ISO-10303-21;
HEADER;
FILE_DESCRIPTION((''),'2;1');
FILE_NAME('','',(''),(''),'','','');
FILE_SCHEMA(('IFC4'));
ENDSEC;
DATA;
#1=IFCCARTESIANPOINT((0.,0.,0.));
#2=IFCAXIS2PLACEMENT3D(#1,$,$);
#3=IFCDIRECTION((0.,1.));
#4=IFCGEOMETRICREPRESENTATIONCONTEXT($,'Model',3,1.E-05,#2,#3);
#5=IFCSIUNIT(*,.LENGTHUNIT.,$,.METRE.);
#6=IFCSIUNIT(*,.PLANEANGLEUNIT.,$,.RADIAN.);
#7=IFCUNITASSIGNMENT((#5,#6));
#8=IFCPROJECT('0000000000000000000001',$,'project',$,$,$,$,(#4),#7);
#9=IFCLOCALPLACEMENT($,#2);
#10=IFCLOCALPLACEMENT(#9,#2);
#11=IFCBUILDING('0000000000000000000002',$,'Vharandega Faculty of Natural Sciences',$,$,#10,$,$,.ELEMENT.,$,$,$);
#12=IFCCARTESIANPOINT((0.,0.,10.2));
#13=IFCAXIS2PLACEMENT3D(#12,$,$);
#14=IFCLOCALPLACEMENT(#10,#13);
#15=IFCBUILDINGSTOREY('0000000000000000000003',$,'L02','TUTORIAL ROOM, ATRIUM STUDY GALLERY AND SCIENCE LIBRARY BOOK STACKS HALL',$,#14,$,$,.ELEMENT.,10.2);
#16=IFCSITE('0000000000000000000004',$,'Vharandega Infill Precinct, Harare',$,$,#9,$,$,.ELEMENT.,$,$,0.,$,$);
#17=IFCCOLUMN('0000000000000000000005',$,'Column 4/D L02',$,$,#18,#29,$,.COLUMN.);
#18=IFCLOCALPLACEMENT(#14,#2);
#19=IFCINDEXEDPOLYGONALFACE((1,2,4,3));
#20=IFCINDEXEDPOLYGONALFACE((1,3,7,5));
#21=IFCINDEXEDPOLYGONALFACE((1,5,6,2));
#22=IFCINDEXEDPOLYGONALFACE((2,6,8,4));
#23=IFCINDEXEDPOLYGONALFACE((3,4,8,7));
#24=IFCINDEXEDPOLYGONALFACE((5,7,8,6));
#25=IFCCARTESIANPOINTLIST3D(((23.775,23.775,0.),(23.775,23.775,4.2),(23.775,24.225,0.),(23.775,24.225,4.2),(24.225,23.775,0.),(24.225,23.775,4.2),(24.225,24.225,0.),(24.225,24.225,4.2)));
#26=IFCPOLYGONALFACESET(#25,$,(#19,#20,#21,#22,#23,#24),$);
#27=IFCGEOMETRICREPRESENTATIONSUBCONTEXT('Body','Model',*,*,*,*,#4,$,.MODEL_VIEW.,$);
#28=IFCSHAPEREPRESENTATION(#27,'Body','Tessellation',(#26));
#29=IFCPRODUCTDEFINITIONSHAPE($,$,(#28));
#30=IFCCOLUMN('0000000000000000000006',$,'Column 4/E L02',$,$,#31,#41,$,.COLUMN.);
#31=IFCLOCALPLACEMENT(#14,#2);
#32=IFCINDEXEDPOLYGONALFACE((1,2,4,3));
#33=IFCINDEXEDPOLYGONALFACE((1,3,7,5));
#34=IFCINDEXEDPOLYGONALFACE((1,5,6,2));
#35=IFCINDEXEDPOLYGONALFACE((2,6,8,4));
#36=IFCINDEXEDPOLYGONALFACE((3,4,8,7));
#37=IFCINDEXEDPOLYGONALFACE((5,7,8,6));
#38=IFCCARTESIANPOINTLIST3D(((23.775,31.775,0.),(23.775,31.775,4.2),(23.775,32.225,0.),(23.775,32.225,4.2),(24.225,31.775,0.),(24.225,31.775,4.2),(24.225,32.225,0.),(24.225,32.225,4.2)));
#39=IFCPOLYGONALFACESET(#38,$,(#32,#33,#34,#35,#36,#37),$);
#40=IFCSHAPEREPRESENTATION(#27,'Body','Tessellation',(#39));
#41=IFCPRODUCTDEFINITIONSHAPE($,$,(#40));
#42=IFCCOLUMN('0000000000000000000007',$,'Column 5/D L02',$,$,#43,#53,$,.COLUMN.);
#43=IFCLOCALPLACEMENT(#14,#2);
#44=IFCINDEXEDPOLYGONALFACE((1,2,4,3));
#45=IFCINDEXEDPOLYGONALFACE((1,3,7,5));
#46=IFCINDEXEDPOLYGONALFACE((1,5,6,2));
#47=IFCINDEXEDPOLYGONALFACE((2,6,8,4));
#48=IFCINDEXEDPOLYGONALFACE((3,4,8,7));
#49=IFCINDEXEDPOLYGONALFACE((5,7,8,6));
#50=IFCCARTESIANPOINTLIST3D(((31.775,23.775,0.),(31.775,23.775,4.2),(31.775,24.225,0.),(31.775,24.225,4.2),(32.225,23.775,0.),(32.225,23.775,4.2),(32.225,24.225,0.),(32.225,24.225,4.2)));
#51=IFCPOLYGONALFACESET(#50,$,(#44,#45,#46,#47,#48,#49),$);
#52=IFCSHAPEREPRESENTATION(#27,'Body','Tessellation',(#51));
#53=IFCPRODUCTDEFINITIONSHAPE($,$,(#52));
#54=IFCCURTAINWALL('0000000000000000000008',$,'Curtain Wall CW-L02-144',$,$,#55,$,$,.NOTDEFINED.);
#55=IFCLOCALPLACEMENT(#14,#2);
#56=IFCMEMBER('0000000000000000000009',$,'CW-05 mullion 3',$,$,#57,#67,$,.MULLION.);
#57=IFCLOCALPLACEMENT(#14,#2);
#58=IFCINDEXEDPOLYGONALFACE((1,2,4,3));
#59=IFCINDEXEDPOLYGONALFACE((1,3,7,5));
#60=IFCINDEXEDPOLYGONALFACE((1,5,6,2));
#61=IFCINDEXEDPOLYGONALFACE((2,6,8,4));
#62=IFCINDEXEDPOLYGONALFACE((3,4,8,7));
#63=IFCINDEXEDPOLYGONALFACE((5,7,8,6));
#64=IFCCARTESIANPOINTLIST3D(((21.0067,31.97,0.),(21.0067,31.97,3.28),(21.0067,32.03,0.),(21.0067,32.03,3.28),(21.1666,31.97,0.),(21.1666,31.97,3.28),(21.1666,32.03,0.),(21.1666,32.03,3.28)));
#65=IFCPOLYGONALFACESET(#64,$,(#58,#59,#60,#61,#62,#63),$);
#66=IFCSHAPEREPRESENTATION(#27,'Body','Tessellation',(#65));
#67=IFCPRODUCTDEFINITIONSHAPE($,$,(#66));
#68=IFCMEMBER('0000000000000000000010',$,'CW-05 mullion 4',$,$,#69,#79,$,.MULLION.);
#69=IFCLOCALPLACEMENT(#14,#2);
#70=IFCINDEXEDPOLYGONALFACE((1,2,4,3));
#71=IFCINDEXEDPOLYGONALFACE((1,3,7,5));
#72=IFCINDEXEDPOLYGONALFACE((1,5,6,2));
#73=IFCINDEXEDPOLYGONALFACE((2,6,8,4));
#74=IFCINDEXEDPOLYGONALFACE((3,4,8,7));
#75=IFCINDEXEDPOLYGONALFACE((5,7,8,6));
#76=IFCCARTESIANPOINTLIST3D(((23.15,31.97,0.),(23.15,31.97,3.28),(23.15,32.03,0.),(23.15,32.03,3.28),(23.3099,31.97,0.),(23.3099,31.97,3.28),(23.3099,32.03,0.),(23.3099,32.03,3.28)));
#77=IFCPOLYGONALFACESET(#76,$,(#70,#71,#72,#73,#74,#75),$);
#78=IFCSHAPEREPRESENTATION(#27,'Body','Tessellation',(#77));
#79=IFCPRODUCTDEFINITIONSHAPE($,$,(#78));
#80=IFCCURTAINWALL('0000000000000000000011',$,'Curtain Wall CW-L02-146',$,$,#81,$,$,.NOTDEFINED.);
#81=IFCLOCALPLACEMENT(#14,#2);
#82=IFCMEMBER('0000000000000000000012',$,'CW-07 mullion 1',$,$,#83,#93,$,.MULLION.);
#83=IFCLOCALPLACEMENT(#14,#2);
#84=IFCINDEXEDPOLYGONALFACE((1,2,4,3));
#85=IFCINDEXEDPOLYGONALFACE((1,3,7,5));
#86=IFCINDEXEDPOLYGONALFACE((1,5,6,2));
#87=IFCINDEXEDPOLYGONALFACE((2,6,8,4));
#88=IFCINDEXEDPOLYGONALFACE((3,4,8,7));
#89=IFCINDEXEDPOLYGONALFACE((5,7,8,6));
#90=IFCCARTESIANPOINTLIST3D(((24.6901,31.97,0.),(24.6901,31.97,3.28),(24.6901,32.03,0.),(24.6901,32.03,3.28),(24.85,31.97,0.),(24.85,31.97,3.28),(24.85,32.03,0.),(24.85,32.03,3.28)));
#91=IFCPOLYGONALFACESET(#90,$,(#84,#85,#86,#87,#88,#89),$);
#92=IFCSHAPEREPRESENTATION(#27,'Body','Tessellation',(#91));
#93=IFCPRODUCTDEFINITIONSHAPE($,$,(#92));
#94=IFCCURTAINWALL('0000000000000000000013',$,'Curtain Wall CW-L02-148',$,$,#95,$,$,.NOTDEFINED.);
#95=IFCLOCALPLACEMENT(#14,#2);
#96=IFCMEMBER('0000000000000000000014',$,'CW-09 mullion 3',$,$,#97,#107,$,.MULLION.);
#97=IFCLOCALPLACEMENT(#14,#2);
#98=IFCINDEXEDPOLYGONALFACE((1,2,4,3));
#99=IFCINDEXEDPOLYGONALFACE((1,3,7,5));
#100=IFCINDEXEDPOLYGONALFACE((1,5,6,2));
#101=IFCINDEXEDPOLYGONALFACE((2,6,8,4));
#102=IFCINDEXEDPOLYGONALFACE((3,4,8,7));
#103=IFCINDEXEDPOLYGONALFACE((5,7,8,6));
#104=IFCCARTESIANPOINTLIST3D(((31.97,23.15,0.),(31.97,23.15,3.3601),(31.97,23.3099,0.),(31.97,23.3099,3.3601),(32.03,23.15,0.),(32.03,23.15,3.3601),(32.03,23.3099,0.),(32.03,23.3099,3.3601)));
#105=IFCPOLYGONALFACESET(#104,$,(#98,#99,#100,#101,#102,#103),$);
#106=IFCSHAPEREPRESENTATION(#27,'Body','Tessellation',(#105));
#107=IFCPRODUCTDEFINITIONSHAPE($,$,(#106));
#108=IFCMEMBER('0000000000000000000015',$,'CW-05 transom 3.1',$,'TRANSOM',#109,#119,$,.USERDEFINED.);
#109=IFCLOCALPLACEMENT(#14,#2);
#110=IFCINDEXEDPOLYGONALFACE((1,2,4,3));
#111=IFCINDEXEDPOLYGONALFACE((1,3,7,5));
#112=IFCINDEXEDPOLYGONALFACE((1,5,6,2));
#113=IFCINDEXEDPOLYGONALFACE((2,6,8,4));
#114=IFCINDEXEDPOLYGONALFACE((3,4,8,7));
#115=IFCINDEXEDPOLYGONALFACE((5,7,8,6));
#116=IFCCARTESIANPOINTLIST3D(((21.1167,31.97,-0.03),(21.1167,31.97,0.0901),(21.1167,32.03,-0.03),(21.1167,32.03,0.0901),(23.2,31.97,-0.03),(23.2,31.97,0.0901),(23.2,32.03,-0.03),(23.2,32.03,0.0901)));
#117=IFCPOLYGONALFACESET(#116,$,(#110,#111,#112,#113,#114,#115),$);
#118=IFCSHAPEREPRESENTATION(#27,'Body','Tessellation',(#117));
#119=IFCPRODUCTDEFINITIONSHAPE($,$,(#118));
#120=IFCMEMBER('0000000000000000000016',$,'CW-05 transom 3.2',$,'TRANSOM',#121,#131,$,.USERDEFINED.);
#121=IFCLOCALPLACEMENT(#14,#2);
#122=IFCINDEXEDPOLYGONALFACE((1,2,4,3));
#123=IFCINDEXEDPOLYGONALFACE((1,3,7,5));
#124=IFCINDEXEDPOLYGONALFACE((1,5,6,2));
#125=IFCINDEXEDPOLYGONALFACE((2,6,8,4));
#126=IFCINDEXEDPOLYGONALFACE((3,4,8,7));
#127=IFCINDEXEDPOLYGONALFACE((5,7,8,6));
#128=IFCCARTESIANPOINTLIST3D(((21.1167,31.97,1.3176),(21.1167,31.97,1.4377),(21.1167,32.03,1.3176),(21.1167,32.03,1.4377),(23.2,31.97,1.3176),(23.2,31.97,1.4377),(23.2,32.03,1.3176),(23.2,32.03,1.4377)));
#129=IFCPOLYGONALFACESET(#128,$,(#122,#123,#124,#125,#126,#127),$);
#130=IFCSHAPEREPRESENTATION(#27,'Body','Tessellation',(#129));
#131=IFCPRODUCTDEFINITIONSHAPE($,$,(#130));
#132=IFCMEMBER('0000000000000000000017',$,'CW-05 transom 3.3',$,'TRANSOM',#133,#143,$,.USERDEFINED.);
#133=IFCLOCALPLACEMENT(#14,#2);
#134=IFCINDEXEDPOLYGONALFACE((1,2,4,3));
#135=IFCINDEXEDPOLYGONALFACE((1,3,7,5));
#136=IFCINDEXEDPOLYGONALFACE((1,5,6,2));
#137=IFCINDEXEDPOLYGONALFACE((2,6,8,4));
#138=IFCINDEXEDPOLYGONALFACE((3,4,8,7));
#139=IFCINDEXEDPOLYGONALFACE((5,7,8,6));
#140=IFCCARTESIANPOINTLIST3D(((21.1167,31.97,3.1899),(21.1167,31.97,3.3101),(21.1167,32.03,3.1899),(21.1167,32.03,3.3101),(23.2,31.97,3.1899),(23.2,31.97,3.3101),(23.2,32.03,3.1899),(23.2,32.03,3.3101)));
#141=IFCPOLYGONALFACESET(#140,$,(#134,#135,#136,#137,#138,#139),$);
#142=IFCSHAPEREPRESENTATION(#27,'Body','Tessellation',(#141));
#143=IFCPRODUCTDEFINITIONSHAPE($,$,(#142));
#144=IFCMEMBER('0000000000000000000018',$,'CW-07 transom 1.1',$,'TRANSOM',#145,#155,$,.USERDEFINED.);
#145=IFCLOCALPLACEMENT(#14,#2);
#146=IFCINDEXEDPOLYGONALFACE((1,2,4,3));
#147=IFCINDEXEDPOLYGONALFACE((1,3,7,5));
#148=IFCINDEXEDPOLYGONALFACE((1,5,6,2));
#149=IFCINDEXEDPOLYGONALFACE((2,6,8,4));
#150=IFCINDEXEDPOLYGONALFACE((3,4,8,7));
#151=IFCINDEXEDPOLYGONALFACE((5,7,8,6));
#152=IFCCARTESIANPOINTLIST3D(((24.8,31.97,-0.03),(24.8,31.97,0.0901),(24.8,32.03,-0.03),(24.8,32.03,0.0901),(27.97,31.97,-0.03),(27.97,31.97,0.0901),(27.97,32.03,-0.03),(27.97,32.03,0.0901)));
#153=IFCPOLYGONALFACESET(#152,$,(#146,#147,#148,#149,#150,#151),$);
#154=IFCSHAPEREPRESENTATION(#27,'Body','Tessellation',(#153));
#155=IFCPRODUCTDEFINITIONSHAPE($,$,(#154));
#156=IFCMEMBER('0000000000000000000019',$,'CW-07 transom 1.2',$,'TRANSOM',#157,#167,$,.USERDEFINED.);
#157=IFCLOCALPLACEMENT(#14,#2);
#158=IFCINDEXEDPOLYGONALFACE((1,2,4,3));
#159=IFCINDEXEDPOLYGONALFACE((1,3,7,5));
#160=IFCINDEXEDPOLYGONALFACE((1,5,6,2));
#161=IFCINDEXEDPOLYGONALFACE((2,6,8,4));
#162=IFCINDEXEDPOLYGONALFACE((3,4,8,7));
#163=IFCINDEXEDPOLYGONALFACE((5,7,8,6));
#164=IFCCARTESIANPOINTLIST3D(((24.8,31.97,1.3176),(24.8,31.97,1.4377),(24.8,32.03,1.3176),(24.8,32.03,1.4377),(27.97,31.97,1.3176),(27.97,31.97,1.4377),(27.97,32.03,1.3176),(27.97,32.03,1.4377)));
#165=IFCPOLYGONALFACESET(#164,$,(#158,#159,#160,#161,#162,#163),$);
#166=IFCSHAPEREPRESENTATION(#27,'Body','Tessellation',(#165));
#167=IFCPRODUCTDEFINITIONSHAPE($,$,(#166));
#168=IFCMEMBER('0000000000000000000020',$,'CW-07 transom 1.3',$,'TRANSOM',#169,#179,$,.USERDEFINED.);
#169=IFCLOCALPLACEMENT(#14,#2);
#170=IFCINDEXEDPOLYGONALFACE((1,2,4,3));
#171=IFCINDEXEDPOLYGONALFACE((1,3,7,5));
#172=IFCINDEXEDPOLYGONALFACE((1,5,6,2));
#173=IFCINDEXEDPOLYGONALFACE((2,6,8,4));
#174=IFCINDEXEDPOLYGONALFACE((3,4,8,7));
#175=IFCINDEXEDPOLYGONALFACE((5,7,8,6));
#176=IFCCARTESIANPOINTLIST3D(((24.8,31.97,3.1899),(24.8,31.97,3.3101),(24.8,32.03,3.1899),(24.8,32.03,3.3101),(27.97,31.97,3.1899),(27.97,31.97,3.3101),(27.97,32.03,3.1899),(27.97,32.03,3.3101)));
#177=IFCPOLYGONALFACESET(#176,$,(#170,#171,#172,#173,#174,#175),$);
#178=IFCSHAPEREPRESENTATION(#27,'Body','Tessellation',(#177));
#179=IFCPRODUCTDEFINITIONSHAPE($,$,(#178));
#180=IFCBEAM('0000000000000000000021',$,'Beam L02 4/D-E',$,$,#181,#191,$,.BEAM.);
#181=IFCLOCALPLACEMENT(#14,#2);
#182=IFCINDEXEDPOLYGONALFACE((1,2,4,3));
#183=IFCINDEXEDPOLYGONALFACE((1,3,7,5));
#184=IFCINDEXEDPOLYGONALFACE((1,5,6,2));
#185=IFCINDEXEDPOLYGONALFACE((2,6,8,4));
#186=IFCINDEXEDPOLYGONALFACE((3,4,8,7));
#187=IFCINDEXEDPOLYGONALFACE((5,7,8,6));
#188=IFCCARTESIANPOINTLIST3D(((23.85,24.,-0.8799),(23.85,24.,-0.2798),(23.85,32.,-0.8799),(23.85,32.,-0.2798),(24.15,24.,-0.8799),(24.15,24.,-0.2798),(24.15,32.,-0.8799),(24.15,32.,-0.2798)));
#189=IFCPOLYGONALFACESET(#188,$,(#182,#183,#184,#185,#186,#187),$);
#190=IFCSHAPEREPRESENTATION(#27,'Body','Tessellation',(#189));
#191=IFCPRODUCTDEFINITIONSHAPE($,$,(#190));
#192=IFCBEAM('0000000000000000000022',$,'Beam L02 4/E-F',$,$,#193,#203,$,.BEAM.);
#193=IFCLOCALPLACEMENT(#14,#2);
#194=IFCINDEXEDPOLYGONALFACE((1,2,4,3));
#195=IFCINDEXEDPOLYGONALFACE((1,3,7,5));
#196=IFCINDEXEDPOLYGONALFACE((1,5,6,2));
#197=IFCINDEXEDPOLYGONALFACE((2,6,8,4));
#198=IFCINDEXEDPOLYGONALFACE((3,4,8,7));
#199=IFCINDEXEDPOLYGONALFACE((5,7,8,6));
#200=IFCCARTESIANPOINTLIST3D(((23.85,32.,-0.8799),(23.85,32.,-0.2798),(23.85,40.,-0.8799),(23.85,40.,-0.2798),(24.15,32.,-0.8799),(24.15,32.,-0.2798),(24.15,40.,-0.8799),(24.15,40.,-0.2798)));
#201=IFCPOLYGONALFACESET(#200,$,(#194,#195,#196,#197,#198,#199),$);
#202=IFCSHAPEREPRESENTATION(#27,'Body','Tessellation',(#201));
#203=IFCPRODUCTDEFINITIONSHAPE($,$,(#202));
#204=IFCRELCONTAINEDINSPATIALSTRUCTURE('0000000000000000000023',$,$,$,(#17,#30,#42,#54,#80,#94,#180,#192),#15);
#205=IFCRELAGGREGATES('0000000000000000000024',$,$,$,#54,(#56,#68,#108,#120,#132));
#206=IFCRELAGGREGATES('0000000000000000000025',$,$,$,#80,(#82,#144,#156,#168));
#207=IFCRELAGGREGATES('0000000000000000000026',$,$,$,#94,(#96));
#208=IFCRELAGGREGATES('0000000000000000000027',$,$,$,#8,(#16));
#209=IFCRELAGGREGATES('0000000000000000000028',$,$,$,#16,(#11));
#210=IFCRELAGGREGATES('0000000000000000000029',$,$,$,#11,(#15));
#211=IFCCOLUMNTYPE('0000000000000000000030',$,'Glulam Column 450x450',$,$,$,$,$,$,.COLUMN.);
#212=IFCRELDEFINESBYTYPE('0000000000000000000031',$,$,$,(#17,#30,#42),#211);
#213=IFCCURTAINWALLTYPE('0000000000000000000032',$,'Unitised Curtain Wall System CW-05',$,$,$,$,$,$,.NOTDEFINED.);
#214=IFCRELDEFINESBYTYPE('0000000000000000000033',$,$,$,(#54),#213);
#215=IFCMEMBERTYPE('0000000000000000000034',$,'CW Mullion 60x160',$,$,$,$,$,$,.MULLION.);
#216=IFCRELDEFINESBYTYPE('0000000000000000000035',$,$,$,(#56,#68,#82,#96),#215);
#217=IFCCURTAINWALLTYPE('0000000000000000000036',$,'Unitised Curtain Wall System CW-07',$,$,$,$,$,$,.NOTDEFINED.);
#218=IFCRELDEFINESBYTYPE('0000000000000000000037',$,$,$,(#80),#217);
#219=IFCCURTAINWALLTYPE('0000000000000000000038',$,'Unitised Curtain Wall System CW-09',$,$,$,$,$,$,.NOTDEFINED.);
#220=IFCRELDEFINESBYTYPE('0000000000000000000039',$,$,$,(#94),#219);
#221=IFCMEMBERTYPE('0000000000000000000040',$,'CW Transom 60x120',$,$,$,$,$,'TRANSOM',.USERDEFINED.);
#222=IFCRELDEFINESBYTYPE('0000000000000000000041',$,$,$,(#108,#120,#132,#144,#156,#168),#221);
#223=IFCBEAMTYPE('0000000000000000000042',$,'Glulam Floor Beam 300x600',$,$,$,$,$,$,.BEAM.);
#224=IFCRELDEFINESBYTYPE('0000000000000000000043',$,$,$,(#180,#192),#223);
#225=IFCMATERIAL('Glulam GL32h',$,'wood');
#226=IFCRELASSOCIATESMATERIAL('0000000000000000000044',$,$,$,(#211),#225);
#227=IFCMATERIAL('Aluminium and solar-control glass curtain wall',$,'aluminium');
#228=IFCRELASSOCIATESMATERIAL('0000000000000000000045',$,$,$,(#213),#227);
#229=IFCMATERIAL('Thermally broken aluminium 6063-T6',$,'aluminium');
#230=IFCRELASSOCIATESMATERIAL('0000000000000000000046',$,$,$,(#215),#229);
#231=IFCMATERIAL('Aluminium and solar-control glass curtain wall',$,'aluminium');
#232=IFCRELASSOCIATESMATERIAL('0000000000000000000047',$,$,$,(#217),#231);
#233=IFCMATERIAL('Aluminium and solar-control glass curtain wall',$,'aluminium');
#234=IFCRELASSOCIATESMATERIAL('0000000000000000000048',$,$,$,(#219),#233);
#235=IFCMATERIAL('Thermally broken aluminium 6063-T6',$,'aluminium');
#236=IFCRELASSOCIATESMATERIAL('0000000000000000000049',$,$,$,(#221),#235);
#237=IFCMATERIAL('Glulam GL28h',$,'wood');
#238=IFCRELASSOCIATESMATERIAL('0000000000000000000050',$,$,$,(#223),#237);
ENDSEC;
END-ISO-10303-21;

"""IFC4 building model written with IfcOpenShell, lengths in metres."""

from ifc_helpers import new_model, si_unit, direction, frame, origin, origin_2d, place, context, subcontext, project, spatial, rectangle, extrude, material, material_profile, profile_set, type_object, element, aggregate, save


model = new_model("IFC4")

# Units and contexts
model_context = context("Model", 3, precision=1e-05, world=origin(), true_north=direction((0.0, 1.0)))
body_context = subcontext(model_context, "Body", "Model", "MODEL_VIEW")
ifc_project = project(units=[si_unit("LENGTHUNIT", "METRE"), si_unit("PLANEANGLEUNIT", "RADIAN")], contexts=[model_context])

# Site, building, storey
site_placement = place(None, origin())
site = spatial("IfcSite", under=ifc_project, at=site_placement, Name="Vharandega Infill Precinct, Harare", CompositionType="ELEMENT", RefElevation=0.0)
building_placement = place(site_placement, origin())
building = spatial("IfcBuilding", under=site, at=building_placement, Name="Vharandega Faculty of Natural Sciences", CompositionType="ELEMENT")
storey_placement = place(building_placement, frame((0.0, 0.0, 10.2)))
storey = spatial("IfcBuildingStorey", under=building, at=storey_placement, Name="L02", Description="TUTORIAL ROOM, ATRIUM STUDY GALLERY AND SCIENCE LIBRARY BOOK STACKS HALL", CompositionType="ELEMENT", Elevation=10.2)

# Columns
ifc_material_1 = material(Name="Glulam GL32h", Category="wood")
ifc_material_profile_1 = material_profile(ifc_material_1, rectangle(XDim=0.45, YDim=0.45, at=origin_2d()), Name="GL32h 450x450")
ifc_profile_set_1 = profile_set([ifc_material_profile_1], Name="Glulam GL32h")
column_type = type_object("IfcColumnType", Name="Glulam Column 450x450", PredefinedType="COLUMN", material=ifc_profile_set_1)
for number, where, z_axis, x_axis, name in (
    (1, (24.0, 24.0, 0.0), (0.0, 0.0, 1.0), (1.0, 0.0, 0.0), "Column 4/D L02"),
    (2, (24.0, 32.0, 0.0), (0.0, 0.0, 1.0), (1.0, 0.0, 0.0), "Column 4/E L02"),
    (3, (32.0, 24.0, 0.0), (0.0, 0.0, 1.0), (1.0, 0.0, 0.0), "Column 5/D L02"),
):
    element("IfcColumn", number, at=place(storey_placement, frame(where, z_axis=z_axis, x_axis=x_axis)), inside=storey, type_object=column_type, Name=name, PredefinedType="COLUMN", context=body_context, shape_type="SweptSolid", body=[
        extrude(rectangle(XDim=0.45, YDim=0.45, at=origin_2d()), origin(), (0.0, 0.0, 1.0), 4.2),
    ])

# Curtain wall, members
ifc_material_2 = material(Name="Aluminium and solar-control glass curtain wall", Category="aluminium")
curtain_wall_type_1 = type_object("IfcCurtainWallType", Name="Unitised Curtain Wall System CW-05", PredefinedType="NOTDEFINED", material=ifc_material_2)
curtain_wall_1_placement = place(storey_placement, origin())
curtain_wall_1 = element("IfcCurtainWall", 4, at=curtain_wall_1_placement, inside=storey, type_object=curtain_wall_type_1, Name="Curtain Wall CW-L02-144", PredefinedType="NOTDEFINED")
ifc_material_3 = material(Name="Thermally broken aluminium 6063-T6", Category="aluminium")
ifc_material_profile_2 = material_profile(ifc_material_3, rectangle(XDim=0.0601, YDim=0.1599, at=origin_2d()), Name="ALU 60x160")
ifc_profile_set_2 = profile_set([ifc_material_profile_2], Name="Thermally broken aluminium 6063-T6")
member_type_1 = type_object("IfcMemberType", Name="CW Mullion 60x160", PredefinedType="MULLION", material=ifc_profile_set_2)
member_1_placement = place(storey_placement, frame((21.0867, 32.0, 0.0), z_axis=(0.0, 0.0, 1.0), x_axis=(0.0, 1.0, 0.0)))
member_1 = element("IfcMember", 5, at=member_1_placement, type_object=member_type_1, Name="CW-05 mullion 3", PredefinedType="MULLION", context=body_context, shape_type="SweptSolid", body=[
    extrude(rectangle(XDim=0.0601, YDim=0.1599, at=origin_2d()), origin(), (0.0, 0.0, 1.0), 3.28),
])
member_2_placement = place(storey_placement, frame((23.23, 32.0, 0.0), z_axis=(0.0, 0.0, 1.0), x_axis=(0.0, 1.0, 0.0)))
member_2 = element("IfcMember", 6, at=member_2_placement, type_object=member_type_1, Name="CW-05 mullion 4", PredefinedType="MULLION", context=body_context, shape_type="SweptSolid", body=[
    extrude(rectangle(XDim=0.0601, YDim=0.1599, at=origin_2d()), origin(), (0.0, 0.0, 1.0), 3.28),
])

# Curtain walls, members
ifc_material_4 = material(Name="Aluminium and solar-control glass curtain wall", Category="aluminium")
curtain_wall_type_2 = type_object("IfcCurtainWallType", Name="Unitised Curtain Wall System CW-07", PredefinedType="NOTDEFINED", material=ifc_material_4)
curtain_wall_2_placement = place(storey_placement, origin())
curtain_wall_2 = element("IfcCurtainWall", 7, at=curtain_wall_2_placement, inside=storey, type_object=curtain_wall_type_2, Name="Curtain Wall CW-L02-146", PredefinedType="NOTDEFINED")
member_3_placement = place(storey_placement, frame((24.77, 32.0, 0.0), z_axis=(0.0, 0.0, 1.0), x_axis=(0.0, 1.0, 0.0)))
member_3 = element("IfcMember", 8, at=member_3_placement, type_object=member_type_1, Name="CW-07 mullion 1", PredefinedType="MULLION", context=body_context, shape_type="SweptSolid", body=[
    extrude(rectangle(XDim=0.0601, YDim=0.1599, at=origin_2d()), origin(), (0.0, 0.0, 1.0), 3.28),
])
ifc_material_5 = material(Name="Aluminium and solar-control glass curtain wall", Category="aluminium")
curtain_wall_type_3 = type_object("IfcCurtainWallType", Name="Unitised Curtain Wall System CW-09", PredefinedType="NOTDEFINED", material=ifc_material_5)
curtain_wall_3_placement = place(storey_placement, origin())
curtain_wall_3 = element("IfcCurtainWall", 9, at=curtain_wall_3_placement, inside=storey, type_object=curtain_wall_type_3, Name="Curtain Wall CW-L02-148", PredefinedType="NOTDEFINED")
member_4_placement = place(storey_placement, frame((32.0, 23.23, 0.0), z_axis=(0.0, 0.0, 1.0), x_axis=(-1.0, 0.0, 0.0)))
member_4 = element("IfcMember", 10, at=member_4_placement, type_object=member_type_1, Name="CW-09 mullion 3", PredefinedType="MULLION", context=body_context, shape_type="SweptSolid", body=[
    extrude(rectangle(XDim=0.0601, YDim=0.1599, at=origin_2d()), origin(), (0.0, 0.0, 1.0), 3.3601),
])

# Members
ifc_material_6 = material(Name="Thermally broken aluminium 6063-T6", Category="aluminium")
ifc_material_profile_3 = material_profile(ifc_material_6, rectangle(XDim=0.0601, YDim=0.1201, at=origin_2d()), Name="ALU 60x120")
ifc_profile_set_3 = profile_set([ifc_material_profile_3], Name="Thermally broken aluminium 6063-T6")
member_type_2 = type_object("IfcMemberType", Name="CW Transom 60x120", ElementType="TRANSOM", PredefinedType="USERDEFINED", material=ifc_profile_set_3)
member_5_placement = place(storey_placement, frame((21.1167, 32.0, 0.03), z_axis=(1.0, 0.0, 0.0), x_axis=(0.0, 1.0, 0.0)))
member_5 = element("IfcMember", 11, at=member_5_placement, type_object=member_type_2, Name="CW-05 transom 3.1", ObjectType="TRANSOM", PredefinedType="USERDEFINED", context=body_context, shape_type="SweptSolid", body=[
    extrude(rectangle(XDim=0.0601, YDim=0.1201, at=origin_2d()), origin(), (0.0, 0.0, 1.0), 2.0833),
])
member_6_placement = place(storey_placement, frame((21.1167, 32.0, 1.3777), z_axis=(1.0, 0.0, 0.0), x_axis=(0.0, 1.0, 0.0)))
member_6 = element("IfcMember", 12, at=member_6_placement, type_object=member_type_2, Name="CW-05 transom 3.2", ObjectType="TRANSOM", PredefinedType="USERDEFINED", context=body_context, shape_type="SweptSolid", body=[
    extrude(rectangle(XDim=0.0601, YDim=0.1201, at=origin_2d()), origin(), (0.0, 0.0, 1.0), 2.0833),
])
member_7_placement = place(storey_placement, frame((21.1167, 32.0, 3.25), z_axis=(1.0, 0.0, 0.0), x_axis=(0.0, 1.0, 0.0)))
member_7 = element("IfcMember", 13, at=member_7_placement, type_object=member_type_2, Name="CW-05 transom 3.3", ObjectType="TRANSOM", PredefinedType="USERDEFINED", context=body_context, shape_type="SweptSolid", body=[
    extrude(rectangle(XDim=0.0601, YDim=0.1201, at=origin_2d()), origin(), (0.0, 0.0, 1.0), 2.0833),
])
member_8_placement = place(storey_placement, frame((24.8, 32.0, 0.03), z_axis=(1.0, 0.0, 0.0), x_axis=(0.0, 1.0, 0.0)))
member_8 = element("IfcMember", 14, at=member_8_placement, type_object=member_type_2, Name="CW-07 transom 1.1", ObjectType="TRANSOM", PredefinedType="USERDEFINED", context=body_context, shape_type="SweptSolid", body=[
    extrude(rectangle(XDim=0.0601, YDim=0.1201, at=origin_2d()), origin(), (0.0, 0.0, 1.0), 3.1699),
])
member_9_placement = place(storey_placement, frame((24.8, 32.0, 1.3777), z_axis=(1.0, 0.0, 0.0), x_axis=(0.0, 1.0, 0.0)))
member_9 = element("IfcMember", 15, at=member_9_placement, type_object=member_type_2, Name="CW-07 transom 1.2", ObjectType="TRANSOM", PredefinedType="USERDEFINED", context=body_context, shape_type="SweptSolid", body=[
    extrude(rectangle(XDim=0.0601, YDim=0.1201, at=origin_2d()), origin(), (0.0, 0.0, 1.0), 3.1699),
])
member_10_placement = place(storey_placement, frame((24.8, 32.0, 3.25), z_axis=(1.0, 0.0, 0.0), x_axis=(0.0, 1.0, 0.0)))
member_10 = element("IfcMember", 16, at=member_10_placement, type_object=member_type_2, Name="CW-07 transom 1.3", ObjectType="TRANSOM", PredefinedType="USERDEFINED", context=body_context, shape_type="SweptSolid", body=[
    extrude(rectangle(XDim=0.0601, YDim=0.1201, at=origin_2d()), origin(), (0.0, 0.0, 1.0), 3.1699),
])

# Beams
ifc_material_7 = material(Name="Glulam GL28h", Category="wood")
ifc_material_profile_4 = material_profile(ifc_material_7, rectangle(XDim=0.3, YDim=0.6001, at=origin_2d()), Name="GL28h 300x600")
ifc_profile_set_4 = profile_set([ifc_material_profile_4], Name="Glulam GL28h")
beam_type_1 = type_object("IfcBeamType", Name="Glulam Floor Beam 300x600", PredefinedType="BEAM", material=ifc_profile_set_4)
for number, where, z_axis, x_axis, name in (
    (17, (24.0, 24.0, -0.5798), (0.0, 1.0, 0.0), (-1.0, 0.0, 0.0), "Beam L02 4/D-E"),
    (18, (24.0, 32.0, -0.5798), (0.0, 1.0, 0.0), (-1.0, 0.0, 0.0), "Beam L02 4/E-F"),
):
    element("IfcBeam", number, at=place(storey_placement, frame(where, z_axis=z_axis, x_axis=x_axis)), inside=storey, type_object=beam_type_1, Name=name, PredefinedType="BEAM", context=body_context, shape_type="SweptSolid", body=[
        extrude(rectangle(XDim=0.3, YDim=0.6001, at=origin_2d()), origin(), (0.0, 0.0, 1.0), 8.0),
    ])

aggregate(curtain_wall_1, [member_1, member_2, member_5, member_6, member_7])
aggregate(curtain_wall_2, [member_3, member_8, member_9, member_10])
aggregate(curtain_wall_3, [member_4])

save(model, "model.ifc")
